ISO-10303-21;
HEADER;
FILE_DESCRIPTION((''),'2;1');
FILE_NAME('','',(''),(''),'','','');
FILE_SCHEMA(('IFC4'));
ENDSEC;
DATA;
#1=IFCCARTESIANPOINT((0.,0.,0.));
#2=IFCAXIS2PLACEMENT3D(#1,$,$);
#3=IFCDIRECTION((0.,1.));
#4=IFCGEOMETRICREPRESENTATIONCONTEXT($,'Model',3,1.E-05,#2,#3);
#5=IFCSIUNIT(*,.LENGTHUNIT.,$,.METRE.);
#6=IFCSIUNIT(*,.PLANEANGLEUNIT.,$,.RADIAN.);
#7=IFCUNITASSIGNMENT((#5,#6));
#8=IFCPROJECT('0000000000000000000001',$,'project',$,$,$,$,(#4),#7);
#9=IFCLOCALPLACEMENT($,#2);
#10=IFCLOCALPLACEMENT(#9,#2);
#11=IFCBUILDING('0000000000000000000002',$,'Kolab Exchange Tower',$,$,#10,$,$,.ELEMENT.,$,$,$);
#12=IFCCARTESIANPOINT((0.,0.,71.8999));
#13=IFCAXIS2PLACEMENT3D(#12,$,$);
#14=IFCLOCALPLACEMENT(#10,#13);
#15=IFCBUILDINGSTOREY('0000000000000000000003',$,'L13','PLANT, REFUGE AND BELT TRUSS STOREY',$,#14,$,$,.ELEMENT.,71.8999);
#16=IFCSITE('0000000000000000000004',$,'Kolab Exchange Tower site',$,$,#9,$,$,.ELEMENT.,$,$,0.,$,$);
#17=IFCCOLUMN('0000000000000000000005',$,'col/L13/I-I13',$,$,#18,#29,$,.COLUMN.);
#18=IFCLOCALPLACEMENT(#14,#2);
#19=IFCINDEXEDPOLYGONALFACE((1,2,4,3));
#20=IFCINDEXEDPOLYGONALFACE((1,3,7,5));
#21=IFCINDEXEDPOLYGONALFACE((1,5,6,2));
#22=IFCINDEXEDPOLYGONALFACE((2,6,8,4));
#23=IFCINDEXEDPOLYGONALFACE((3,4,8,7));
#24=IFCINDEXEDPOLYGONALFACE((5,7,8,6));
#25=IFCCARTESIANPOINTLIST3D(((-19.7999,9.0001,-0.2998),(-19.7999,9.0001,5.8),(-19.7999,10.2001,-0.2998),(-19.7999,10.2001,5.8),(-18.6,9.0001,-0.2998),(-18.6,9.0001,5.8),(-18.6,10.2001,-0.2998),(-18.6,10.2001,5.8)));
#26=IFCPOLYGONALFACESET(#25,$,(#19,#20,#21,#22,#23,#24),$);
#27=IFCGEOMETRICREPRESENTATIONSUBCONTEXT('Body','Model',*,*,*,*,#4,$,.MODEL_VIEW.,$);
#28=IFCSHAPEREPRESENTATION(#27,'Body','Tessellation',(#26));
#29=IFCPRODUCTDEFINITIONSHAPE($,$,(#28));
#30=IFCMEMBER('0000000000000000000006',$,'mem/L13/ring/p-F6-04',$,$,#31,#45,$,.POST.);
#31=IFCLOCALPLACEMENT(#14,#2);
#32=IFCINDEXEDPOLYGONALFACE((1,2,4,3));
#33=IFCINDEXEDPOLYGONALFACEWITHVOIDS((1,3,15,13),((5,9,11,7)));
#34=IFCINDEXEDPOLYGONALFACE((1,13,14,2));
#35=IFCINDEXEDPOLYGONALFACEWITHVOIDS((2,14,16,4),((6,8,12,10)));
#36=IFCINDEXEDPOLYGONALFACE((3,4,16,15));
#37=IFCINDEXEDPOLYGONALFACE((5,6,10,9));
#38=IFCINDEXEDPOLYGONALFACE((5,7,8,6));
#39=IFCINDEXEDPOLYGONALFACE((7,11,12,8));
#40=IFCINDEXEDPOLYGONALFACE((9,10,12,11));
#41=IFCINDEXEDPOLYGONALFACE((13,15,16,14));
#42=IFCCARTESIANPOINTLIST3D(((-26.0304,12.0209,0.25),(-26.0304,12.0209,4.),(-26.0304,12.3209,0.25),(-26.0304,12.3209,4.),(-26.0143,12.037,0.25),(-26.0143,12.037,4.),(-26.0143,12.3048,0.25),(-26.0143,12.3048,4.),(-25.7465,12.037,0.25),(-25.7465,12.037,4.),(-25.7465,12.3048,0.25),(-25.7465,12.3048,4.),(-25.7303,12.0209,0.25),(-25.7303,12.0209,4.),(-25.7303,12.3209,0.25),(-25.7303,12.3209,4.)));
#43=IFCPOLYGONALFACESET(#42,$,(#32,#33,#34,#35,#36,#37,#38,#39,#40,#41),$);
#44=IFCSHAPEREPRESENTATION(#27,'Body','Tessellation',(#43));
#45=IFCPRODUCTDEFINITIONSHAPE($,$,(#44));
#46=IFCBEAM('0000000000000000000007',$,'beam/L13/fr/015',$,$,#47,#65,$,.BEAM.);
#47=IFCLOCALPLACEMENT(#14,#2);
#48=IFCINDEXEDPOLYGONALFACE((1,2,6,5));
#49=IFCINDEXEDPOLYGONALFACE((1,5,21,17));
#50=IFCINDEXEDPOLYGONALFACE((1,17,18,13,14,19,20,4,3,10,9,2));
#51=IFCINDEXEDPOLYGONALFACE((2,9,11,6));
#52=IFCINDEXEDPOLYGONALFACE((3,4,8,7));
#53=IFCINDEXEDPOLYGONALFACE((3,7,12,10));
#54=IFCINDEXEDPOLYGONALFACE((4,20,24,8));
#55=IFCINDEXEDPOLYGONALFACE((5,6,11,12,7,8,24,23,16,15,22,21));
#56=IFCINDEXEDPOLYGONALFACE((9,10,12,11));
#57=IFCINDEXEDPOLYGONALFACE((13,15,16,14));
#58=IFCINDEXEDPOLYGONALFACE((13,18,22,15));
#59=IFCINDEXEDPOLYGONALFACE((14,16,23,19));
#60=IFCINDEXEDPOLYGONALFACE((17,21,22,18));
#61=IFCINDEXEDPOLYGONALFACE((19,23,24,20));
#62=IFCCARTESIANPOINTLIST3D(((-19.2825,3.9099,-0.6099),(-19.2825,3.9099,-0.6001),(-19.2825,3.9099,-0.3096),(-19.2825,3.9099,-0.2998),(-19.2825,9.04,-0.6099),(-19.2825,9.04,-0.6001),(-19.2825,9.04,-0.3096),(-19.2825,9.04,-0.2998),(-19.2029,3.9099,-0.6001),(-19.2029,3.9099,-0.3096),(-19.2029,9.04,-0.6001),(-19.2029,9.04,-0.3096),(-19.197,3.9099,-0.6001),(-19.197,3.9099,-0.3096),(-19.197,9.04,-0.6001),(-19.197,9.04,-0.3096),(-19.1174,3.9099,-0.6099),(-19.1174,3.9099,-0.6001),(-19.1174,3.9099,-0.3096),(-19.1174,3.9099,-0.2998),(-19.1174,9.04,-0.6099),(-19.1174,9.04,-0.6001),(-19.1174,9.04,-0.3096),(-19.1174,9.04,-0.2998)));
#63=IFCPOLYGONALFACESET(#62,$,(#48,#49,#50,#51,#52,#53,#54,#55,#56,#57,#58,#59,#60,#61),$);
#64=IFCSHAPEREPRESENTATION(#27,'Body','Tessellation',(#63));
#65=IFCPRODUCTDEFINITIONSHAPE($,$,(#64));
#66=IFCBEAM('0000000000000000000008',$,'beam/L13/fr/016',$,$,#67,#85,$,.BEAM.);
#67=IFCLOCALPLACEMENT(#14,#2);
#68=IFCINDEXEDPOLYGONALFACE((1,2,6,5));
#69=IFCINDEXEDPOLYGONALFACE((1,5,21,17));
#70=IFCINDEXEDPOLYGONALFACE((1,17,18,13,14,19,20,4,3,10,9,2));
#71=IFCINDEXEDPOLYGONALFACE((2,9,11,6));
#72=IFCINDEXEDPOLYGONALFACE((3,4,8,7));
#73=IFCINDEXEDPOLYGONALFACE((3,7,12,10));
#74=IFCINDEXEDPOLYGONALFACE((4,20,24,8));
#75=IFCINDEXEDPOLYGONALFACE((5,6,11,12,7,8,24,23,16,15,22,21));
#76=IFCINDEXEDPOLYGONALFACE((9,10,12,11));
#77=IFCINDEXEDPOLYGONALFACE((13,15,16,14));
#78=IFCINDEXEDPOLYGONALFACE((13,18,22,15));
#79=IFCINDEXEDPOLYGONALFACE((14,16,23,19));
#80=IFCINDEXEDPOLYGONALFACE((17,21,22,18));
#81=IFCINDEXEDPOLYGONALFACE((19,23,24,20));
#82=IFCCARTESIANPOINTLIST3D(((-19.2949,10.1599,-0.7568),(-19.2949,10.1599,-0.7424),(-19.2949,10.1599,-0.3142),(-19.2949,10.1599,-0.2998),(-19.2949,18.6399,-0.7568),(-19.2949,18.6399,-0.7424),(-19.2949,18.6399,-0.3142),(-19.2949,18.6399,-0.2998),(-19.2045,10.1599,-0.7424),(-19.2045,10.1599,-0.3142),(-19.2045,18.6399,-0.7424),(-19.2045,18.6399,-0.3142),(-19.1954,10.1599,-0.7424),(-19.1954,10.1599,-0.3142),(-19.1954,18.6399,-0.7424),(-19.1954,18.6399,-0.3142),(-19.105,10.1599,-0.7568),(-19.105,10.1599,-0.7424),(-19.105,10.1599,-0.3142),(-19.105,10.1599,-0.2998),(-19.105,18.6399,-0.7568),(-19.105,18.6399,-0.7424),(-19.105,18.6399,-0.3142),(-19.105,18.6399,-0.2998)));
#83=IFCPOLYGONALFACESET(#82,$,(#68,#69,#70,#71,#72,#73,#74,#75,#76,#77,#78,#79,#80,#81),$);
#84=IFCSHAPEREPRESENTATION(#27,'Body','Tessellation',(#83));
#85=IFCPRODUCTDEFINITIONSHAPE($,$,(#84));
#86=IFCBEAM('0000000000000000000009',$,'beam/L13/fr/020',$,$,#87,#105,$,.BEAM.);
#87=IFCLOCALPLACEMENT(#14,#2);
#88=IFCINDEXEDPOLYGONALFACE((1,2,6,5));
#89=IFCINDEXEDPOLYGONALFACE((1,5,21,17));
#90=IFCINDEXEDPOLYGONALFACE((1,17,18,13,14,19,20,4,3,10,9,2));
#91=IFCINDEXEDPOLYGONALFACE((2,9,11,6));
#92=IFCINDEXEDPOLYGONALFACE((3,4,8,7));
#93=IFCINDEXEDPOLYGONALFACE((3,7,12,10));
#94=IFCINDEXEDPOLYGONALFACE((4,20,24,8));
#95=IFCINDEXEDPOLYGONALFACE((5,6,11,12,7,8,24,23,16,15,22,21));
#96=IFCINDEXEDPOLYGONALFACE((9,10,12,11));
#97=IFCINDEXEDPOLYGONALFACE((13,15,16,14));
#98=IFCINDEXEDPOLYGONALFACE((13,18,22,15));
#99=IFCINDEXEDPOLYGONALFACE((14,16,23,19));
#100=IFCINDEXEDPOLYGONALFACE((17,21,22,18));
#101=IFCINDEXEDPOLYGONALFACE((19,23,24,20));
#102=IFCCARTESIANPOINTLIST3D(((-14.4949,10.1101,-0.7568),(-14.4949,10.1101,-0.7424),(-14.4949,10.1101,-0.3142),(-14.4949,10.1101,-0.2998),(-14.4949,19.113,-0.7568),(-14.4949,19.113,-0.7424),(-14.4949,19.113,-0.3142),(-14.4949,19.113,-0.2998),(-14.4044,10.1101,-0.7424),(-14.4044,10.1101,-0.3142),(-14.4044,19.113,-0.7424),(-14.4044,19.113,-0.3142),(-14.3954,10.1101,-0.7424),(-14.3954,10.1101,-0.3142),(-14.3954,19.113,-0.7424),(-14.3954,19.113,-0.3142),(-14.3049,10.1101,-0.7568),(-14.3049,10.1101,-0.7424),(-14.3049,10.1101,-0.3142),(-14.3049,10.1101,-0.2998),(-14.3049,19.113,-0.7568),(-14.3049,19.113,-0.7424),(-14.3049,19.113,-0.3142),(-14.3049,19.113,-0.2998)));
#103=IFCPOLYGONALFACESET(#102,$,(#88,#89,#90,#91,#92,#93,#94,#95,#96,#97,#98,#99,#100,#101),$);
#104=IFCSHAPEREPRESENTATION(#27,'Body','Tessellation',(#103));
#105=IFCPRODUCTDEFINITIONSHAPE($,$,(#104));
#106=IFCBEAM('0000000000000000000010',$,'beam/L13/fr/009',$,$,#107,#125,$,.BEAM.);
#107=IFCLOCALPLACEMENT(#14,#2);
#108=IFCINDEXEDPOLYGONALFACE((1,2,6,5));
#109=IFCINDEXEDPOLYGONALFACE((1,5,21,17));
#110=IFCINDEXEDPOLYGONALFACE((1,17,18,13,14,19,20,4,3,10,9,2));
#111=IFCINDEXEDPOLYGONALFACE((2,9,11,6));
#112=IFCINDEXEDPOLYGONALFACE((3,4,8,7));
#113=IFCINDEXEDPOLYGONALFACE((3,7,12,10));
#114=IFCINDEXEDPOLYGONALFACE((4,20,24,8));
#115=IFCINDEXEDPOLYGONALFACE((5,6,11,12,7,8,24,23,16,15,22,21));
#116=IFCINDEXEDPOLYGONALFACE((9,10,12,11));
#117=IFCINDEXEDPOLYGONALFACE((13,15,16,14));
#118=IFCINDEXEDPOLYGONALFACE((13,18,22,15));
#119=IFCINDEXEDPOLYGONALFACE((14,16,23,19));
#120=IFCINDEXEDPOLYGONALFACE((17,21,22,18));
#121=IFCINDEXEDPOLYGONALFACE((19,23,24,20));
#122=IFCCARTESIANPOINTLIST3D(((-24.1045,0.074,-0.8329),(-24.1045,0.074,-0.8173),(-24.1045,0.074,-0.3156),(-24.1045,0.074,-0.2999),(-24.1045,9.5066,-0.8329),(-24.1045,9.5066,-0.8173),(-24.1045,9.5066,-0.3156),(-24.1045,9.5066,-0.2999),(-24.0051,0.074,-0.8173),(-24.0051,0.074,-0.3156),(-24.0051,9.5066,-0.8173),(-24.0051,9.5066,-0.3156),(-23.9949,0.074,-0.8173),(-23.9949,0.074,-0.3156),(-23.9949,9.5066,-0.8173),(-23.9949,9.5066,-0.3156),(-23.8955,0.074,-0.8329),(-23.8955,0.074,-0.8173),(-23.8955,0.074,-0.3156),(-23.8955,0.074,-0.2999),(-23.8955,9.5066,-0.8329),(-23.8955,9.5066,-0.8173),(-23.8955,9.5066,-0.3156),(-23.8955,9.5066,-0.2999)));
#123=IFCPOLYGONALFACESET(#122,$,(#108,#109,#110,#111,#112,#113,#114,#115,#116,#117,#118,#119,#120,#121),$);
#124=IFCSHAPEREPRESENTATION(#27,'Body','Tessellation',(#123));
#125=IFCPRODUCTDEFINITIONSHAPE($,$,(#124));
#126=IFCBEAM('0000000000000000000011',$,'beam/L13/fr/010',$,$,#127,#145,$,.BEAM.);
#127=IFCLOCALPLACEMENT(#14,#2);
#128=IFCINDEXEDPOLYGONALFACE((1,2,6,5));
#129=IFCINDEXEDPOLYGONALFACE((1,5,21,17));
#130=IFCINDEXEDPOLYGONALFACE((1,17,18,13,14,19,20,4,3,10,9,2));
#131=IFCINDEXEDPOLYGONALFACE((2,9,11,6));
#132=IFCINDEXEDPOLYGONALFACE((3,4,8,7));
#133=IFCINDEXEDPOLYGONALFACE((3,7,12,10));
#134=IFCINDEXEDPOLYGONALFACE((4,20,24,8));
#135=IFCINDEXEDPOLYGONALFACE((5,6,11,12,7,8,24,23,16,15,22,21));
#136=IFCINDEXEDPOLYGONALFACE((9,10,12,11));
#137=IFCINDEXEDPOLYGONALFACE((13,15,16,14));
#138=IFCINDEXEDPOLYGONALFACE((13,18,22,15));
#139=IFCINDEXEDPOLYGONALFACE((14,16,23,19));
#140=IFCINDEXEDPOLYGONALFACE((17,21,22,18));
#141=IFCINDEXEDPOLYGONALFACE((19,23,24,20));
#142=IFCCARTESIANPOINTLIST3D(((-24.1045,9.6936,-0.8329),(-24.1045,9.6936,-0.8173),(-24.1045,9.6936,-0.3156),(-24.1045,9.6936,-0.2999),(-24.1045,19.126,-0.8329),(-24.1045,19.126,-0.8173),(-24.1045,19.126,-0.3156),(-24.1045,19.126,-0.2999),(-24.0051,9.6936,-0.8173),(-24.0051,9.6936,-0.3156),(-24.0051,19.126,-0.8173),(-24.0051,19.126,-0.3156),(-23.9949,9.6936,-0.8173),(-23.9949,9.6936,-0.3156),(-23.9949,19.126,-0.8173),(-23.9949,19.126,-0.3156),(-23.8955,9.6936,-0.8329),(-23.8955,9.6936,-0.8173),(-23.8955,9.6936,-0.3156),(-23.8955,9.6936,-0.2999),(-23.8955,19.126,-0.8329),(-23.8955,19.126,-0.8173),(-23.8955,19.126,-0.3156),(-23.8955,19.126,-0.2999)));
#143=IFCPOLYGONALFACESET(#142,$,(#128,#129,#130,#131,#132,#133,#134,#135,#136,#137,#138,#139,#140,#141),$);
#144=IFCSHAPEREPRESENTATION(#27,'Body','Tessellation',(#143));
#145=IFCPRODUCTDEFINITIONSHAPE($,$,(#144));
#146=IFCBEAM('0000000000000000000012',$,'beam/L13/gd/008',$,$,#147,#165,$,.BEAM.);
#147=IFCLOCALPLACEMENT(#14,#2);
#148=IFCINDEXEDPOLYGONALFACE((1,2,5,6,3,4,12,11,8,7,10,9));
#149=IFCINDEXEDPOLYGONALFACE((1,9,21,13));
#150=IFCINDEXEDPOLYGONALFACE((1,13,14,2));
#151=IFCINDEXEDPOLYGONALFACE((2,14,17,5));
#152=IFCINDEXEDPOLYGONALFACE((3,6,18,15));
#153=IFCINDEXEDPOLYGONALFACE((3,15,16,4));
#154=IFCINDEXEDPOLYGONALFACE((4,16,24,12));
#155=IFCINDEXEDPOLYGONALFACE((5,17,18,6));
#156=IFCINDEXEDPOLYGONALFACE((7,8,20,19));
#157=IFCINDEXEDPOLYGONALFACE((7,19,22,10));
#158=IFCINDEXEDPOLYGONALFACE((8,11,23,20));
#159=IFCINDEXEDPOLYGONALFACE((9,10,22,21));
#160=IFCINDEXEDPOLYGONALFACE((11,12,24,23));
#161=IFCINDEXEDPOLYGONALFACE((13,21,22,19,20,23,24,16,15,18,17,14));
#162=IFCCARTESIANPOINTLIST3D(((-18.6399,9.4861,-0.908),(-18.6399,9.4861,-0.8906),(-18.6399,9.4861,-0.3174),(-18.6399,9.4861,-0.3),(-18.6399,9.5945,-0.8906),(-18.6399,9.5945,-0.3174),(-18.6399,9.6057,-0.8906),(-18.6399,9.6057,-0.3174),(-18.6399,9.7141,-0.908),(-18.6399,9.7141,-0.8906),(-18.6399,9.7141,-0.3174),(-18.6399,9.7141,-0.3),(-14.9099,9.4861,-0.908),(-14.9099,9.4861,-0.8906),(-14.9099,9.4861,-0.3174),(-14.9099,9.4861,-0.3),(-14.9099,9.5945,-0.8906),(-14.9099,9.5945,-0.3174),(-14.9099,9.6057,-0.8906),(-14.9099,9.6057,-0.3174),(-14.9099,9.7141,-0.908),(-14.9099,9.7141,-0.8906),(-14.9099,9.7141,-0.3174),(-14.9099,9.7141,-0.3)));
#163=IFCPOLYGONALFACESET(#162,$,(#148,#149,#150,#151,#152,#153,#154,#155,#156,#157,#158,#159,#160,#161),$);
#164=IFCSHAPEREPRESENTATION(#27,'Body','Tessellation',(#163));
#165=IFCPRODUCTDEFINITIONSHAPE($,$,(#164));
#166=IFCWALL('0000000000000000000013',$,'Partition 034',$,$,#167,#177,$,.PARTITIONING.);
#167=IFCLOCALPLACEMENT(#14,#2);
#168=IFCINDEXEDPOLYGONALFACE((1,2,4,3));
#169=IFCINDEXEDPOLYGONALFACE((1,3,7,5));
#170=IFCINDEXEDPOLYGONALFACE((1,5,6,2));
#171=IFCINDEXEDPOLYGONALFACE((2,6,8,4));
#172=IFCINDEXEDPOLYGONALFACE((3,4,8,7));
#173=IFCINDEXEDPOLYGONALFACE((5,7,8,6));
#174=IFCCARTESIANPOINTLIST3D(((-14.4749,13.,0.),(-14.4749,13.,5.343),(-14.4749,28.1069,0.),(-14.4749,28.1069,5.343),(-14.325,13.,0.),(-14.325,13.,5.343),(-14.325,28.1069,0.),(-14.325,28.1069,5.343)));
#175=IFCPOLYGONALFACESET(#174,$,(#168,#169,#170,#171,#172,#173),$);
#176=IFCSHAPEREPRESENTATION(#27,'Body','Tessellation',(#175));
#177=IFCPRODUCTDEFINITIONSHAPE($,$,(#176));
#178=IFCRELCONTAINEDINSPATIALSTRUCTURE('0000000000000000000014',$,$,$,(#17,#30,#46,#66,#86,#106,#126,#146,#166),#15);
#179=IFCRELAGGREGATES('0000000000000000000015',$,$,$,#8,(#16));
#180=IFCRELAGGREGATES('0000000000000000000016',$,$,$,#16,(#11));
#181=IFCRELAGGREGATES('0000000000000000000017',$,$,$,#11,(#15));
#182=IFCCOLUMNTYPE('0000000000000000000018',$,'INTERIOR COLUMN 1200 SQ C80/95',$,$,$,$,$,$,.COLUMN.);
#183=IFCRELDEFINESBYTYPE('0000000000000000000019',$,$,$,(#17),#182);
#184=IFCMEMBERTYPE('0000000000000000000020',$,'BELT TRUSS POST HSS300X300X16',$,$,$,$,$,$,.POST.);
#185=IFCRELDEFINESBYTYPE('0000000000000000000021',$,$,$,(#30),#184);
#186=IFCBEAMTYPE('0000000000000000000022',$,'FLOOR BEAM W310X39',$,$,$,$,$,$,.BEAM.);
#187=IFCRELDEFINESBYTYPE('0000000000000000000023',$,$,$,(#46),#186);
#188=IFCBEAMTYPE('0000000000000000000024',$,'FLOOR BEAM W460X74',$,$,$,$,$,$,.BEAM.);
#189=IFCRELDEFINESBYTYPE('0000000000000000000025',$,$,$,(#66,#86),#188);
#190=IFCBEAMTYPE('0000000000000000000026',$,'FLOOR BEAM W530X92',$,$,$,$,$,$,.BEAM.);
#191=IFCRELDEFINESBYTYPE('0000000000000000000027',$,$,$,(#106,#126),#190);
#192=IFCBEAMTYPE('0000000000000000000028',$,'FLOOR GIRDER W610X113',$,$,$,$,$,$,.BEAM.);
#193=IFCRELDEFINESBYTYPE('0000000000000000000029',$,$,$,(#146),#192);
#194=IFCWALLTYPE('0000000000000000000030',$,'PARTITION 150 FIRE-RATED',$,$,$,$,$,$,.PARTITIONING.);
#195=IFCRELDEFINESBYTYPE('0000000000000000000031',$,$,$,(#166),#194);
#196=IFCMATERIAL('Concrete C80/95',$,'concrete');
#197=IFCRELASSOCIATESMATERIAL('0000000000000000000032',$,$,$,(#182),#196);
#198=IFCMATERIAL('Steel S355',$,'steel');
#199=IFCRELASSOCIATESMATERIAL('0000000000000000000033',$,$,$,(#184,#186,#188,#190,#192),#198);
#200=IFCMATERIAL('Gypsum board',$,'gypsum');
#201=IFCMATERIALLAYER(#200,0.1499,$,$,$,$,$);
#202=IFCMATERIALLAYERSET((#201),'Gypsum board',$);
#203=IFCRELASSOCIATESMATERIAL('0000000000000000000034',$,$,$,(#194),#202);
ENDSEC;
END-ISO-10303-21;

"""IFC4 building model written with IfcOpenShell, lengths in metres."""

from ifc_helpers import new_model, si_unit, direction, frame, frame_2d, origin, origin_2d, place, context, subcontext, project, spatial, rectangle, hollow_rectangle, i_section, extrude, material, layer, layer_set, material_profile, profile_set, type_object, element, save


model = new_model("IFC4")

# Units and contexts
model_context = context("Model", 3, precision=1e-05, world=origin(), true_north=direction((0.0, 1.0)))
body_context = subcontext(model_context, "Body", "Model", "MODEL_VIEW")
ifc_project = project(units=[si_unit("LENGTHUNIT", "METRE"), si_unit("PLANEANGLEUNIT", "RADIAN")], contexts=[model_context])

# Site, building, storey
site_placement = place(None, origin())
site = spatial("IfcSite", under=ifc_project, at=site_placement, Name="Kolab Exchange Tower site", CompositionType="ELEMENT", RefElevation=0.0)
building_placement = place(site_placement, origin())
building = spatial("IfcBuilding", under=site, at=building_placement, Name="Kolab Exchange Tower", CompositionType="ELEMENT")
storey_placement = place(building_placement, frame((0.0, 0.0, 71.8999)))
storey = spatial("IfcBuildingStorey", under=building, at=storey_placement, Name="L13", Description="PLANT, REFUGE AND BELT TRUSS STOREY", CompositionType="ELEMENT", Elevation=71.8999)

# Column
ifc_material_1 = material(Name="Concrete C80/95", Category="concrete")
ifc_material_profile_1 = material_profile(ifc_material_1, rectangle(XDim=1.2, YDim=1.2, at=origin_2d()), Name="RC1200")
ifc_profile_set_1 = profile_set([ifc_material_profile_1], Name="Concrete C80/95")
column_type = type_object("IfcColumnType", Name="INTERIOR COLUMN 1200 SQ C80/95", PredefinedType="COLUMN", material=ifc_profile_set_1)
column_placement = place(storey_placement, frame((-19.2, 9.6001, -0.2998), z_axis=(0.0, 0.0, 1.0), x_axis=(1.0, 0.0, 0.0)))
element("IfcColumn", 1, at=column_placement, inside=storey, type_object=column_type, Name="col/L13/I-I13", PredefinedType="COLUMN", context=body_context, shape_type="SweptSolid", body=[
    extrude(rectangle(XDim=1.2, YDim=1.2, at=origin_2d()), origin(), (0.0, 0.0, 1.0), 6.0999),
])

# Member
ifc_material_2 = material(Name="Steel S355", Category="steel")
ifc_material_profile_2 = material_profile(ifc_material_2, hollow_rectangle(XDim=0.3, YDim=0.3, WallThickness=0.0161, at=origin_2d()), Name="HSS300X300X16")
ifc_profile_set_2 = profile_set([ifc_material_profile_2], Name="Steel S355")
member_type = type_object("IfcMemberType", Name="BELT TRUSS POST HSS300X300X16", PredefinedType="POST", material=ifc_profile_set_2)
member_placement = place(storey_placement, frame((-25.8804, 12.1709, 0.25), z_axis=(0.0, 0.0, 1.0), x_axis=(1.0, 0.0, 0.0)))
element("IfcMember", 2, at=member_placement, inside=storey, type_object=member_type, Name="mem/L13/ring/p-F6-04", PredefinedType="POST", context=body_context, shape_type="SweptSolid", body=[
    extrude(hollow_rectangle(XDim=0.3, YDim=0.3, WallThickness=0.0161, at=origin_2d()), origin(), (0.0, 0.0, 1.0), 3.75),
])

# Beams
ifc_material_profile_3 = material_profile(ifc_material_2, i_section(OverallWidth=0.165, OverallDepth=0.3101, WebThickness=0.0059, FlangeThickness=0.0098, at=origin_2d()), Name="W310X39")
ifc_profile_set_3 = profile_set([ifc_material_profile_3], Name="Steel S355")
beam_type_1 = type_object("IfcBeamType", Name="FLOOR BEAM W310X39", PredefinedType="BEAM", material=ifc_profile_set_3)
beam_1_placement = place(storey_placement, frame((-19.2, 3.9099, -0.4548), z_axis=(0.0, 1.0, 0.0), x_axis=(-1.0, 0.0, 0.0)))
element("IfcBeam", 3, at=beam_1_placement, inside=storey, type_object=beam_type_1, Name="beam/L13/fr/015", PredefinedType="BEAM", context=body_context, shape_type="SweptSolid", body=[
    extrude(i_section(OverallWidth=0.165, OverallDepth=0.3101, WebThickness=0.0059, FlangeThickness=0.0098, at=origin_2d()), origin(), (0.0, 0.0, 1.0), 5.1301),
])
ifc_material_profile_4 = material_profile(ifc_material_2, i_section(OverallWidth=0.1899, OverallDepth=0.457, WebThickness=0.009, FlangeThickness=0.0144, at=origin_2d()), Name="W460X74")
ifc_profile_set_4 = profile_set([ifc_material_profile_4], Name="Steel S355")
beam_type_2 = type_object("IfcBeamType", Name="FLOOR BEAM W460X74", PredefinedType="BEAM", material=ifc_profile_set_4)
beam_2_placement = place(storey_placement, frame((-19.2, 10.1599, -0.5283), z_axis=(0.0, 1.0, 0.0), x_axis=(-1.0, 0.0, 0.0)))
element("IfcBeam", 4, at=beam_2_placement, inside=storey, type_object=beam_type_2, Name="beam/L13/fr/016", PredefinedType="BEAM", context=body_context, shape_type="SweptSolid", body=[
    extrude(i_section(OverallWidth=0.1899, OverallDepth=0.457, WebThickness=0.009, FlangeThickness=0.0144, at=origin_2d()), origin(), (0.0, 0.0, 1.0), 8.48),
])
beam_3_placement = place(storey_placement, frame((-14.3999, 10.1101, -0.5283), z_axis=(0.0, 1.0, 0.0), x_axis=(-1.0, 0.0, 0.0)))
element("IfcBeam", 5, at=beam_3_placement, inside=storey, type_object=beam_type_2, Name="beam/L13/fr/020", PredefinedType="BEAM", context=body_context, shape_type="SweptSolid", body=[
    extrude(i_section(OverallWidth=0.1899, OverallDepth=0.457, WebThickness=0.009, FlangeThickness=0.0144, at=origin_2d()), origin(), (0.0, 0.0, 1.0), 9.0029),
])
ifc_material_profile_5 = material_profile(ifc_material_2, i_section(OverallWidth=0.209, OverallDepth=0.533, WebThickness=0.0103, FlangeThickness=0.0156, at=origin_2d()), Name="W530X92")
ifc_profile_set_5 = profile_set([ifc_material_profile_5], Name="Steel S355")
beam_type_3 = type_object("IfcBeamType", Name="FLOOR BEAM W530X92", PredefinedType="BEAM", material=ifc_profile_set_5)
beam_4_placement = place(storey_placement, frame((-24.0, 0.074, -0.5664), z_axis=(0.0, 1.0, 0.0), x_axis=(-1.0, 0.0, 0.0)))
element("IfcBeam", 6, at=beam_4_placement, inside=storey, type_object=beam_type_3, Name="beam/L13/fr/009", PredefinedType="BEAM", context=body_context, shape_type="SweptSolid", body=[
    extrude(i_section(OverallWidth=0.209, OverallDepth=0.533, WebThickness=0.0103, FlangeThickness=0.0156, at=origin_2d()), origin(), (0.0, 0.0, 1.0), 9.4326),
])
beam_5_placement = place(storey_placement, frame((-24.0, 9.6936, -0.5664), z_axis=(0.0, 1.0, 0.0), x_axis=(-1.0, 0.0, 0.0)))
element("IfcBeam", 7, at=beam_5_placement, inside=storey, type_object=beam_type_3, Name="beam/L13/fr/010", PredefinedType="BEAM", context=body_context, shape_type="SweptSolid", body=[
    extrude(i_section(OverallWidth=0.209, OverallDepth=0.533, WebThickness=0.0103, FlangeThickness=0.0156, at=origin_2d()), origin(), (0.0, 0.0, 1.0), 9.4324),
])
ifc_material_profile_6 = material_profile(ifc_material_2, i_section(OverallWidth=0.228, OverallDepth=0.6079, WebThickness=0.0112, FlangeThickness=0.0173, at=origin_2d()), Name="W610X113")
ifc_profile_set_6 = profile_set([ifc_material_profile_6], Name="Steel S355")
beam_type_4 = type_object("IfcBeamType", Name="FLOOR GIRDER W610X113", PredefinedType="BEAM", material=ifc_profile_set_6)
beam_6_placement = place(storey_placement, frame((-18.6399, 9.6001, -0.604), z_axis=(1.0, 0.0, 0.0), x_axis=(0.0, 1.0, 0.0)))
element("IfcBeam", 8, at=beam_6_placement, inside=storey, type_object=beam_type_4, Name="beam/L13/gd/008", PredefinedType="BEAM", context=body_context, shape_type="SweptSolid", body=[
    extrude(i_section(OverallWidth=0.228, OverallDepth=0.6079, WebThickness=0.0112, FlangeThickness=0.0173, at=origin_2d()), origin(), (0.0, 0.0, 1.0), 3.73),
])

# Wall
ifc_material_3 = material(Name="Gypsum board", Category="gypsum")
ifc_layer_1 = layer(ifc_material_3, 0.1499)
ifc_layer_set_1 = layer_set([ifc_layer_1], Name="Gypsum board")
wall_type_1 = type_object("IfcWallType", Name="PARTITION 150 FIRE-RATED", PredefinedType="PARTITIONING", material=ifc_layer_set_1)
wall_1_placement = place(storey_placement, frame((-14.3999, 13.0, 0.0), z_axis=(0.0, 0.0, 1.0), x_axis=(0.0, 1.0, 0.0)))
element("IfcWall", 9, at=wall_1_placement, inside=storey, type_object=wall_type_1, Name="Partition 034", PredefinedType="PARTITIONING", context=body_context, shape_type="SweptSolid", body=[
    extrude(rectangle(XDim=15.1069, YDim=0.1499, at=frame_2d((7.5535, 0.0))), origin(), (0.0, 0.0, 1.0), 5.343),
])

save(model, "model.ifc")
